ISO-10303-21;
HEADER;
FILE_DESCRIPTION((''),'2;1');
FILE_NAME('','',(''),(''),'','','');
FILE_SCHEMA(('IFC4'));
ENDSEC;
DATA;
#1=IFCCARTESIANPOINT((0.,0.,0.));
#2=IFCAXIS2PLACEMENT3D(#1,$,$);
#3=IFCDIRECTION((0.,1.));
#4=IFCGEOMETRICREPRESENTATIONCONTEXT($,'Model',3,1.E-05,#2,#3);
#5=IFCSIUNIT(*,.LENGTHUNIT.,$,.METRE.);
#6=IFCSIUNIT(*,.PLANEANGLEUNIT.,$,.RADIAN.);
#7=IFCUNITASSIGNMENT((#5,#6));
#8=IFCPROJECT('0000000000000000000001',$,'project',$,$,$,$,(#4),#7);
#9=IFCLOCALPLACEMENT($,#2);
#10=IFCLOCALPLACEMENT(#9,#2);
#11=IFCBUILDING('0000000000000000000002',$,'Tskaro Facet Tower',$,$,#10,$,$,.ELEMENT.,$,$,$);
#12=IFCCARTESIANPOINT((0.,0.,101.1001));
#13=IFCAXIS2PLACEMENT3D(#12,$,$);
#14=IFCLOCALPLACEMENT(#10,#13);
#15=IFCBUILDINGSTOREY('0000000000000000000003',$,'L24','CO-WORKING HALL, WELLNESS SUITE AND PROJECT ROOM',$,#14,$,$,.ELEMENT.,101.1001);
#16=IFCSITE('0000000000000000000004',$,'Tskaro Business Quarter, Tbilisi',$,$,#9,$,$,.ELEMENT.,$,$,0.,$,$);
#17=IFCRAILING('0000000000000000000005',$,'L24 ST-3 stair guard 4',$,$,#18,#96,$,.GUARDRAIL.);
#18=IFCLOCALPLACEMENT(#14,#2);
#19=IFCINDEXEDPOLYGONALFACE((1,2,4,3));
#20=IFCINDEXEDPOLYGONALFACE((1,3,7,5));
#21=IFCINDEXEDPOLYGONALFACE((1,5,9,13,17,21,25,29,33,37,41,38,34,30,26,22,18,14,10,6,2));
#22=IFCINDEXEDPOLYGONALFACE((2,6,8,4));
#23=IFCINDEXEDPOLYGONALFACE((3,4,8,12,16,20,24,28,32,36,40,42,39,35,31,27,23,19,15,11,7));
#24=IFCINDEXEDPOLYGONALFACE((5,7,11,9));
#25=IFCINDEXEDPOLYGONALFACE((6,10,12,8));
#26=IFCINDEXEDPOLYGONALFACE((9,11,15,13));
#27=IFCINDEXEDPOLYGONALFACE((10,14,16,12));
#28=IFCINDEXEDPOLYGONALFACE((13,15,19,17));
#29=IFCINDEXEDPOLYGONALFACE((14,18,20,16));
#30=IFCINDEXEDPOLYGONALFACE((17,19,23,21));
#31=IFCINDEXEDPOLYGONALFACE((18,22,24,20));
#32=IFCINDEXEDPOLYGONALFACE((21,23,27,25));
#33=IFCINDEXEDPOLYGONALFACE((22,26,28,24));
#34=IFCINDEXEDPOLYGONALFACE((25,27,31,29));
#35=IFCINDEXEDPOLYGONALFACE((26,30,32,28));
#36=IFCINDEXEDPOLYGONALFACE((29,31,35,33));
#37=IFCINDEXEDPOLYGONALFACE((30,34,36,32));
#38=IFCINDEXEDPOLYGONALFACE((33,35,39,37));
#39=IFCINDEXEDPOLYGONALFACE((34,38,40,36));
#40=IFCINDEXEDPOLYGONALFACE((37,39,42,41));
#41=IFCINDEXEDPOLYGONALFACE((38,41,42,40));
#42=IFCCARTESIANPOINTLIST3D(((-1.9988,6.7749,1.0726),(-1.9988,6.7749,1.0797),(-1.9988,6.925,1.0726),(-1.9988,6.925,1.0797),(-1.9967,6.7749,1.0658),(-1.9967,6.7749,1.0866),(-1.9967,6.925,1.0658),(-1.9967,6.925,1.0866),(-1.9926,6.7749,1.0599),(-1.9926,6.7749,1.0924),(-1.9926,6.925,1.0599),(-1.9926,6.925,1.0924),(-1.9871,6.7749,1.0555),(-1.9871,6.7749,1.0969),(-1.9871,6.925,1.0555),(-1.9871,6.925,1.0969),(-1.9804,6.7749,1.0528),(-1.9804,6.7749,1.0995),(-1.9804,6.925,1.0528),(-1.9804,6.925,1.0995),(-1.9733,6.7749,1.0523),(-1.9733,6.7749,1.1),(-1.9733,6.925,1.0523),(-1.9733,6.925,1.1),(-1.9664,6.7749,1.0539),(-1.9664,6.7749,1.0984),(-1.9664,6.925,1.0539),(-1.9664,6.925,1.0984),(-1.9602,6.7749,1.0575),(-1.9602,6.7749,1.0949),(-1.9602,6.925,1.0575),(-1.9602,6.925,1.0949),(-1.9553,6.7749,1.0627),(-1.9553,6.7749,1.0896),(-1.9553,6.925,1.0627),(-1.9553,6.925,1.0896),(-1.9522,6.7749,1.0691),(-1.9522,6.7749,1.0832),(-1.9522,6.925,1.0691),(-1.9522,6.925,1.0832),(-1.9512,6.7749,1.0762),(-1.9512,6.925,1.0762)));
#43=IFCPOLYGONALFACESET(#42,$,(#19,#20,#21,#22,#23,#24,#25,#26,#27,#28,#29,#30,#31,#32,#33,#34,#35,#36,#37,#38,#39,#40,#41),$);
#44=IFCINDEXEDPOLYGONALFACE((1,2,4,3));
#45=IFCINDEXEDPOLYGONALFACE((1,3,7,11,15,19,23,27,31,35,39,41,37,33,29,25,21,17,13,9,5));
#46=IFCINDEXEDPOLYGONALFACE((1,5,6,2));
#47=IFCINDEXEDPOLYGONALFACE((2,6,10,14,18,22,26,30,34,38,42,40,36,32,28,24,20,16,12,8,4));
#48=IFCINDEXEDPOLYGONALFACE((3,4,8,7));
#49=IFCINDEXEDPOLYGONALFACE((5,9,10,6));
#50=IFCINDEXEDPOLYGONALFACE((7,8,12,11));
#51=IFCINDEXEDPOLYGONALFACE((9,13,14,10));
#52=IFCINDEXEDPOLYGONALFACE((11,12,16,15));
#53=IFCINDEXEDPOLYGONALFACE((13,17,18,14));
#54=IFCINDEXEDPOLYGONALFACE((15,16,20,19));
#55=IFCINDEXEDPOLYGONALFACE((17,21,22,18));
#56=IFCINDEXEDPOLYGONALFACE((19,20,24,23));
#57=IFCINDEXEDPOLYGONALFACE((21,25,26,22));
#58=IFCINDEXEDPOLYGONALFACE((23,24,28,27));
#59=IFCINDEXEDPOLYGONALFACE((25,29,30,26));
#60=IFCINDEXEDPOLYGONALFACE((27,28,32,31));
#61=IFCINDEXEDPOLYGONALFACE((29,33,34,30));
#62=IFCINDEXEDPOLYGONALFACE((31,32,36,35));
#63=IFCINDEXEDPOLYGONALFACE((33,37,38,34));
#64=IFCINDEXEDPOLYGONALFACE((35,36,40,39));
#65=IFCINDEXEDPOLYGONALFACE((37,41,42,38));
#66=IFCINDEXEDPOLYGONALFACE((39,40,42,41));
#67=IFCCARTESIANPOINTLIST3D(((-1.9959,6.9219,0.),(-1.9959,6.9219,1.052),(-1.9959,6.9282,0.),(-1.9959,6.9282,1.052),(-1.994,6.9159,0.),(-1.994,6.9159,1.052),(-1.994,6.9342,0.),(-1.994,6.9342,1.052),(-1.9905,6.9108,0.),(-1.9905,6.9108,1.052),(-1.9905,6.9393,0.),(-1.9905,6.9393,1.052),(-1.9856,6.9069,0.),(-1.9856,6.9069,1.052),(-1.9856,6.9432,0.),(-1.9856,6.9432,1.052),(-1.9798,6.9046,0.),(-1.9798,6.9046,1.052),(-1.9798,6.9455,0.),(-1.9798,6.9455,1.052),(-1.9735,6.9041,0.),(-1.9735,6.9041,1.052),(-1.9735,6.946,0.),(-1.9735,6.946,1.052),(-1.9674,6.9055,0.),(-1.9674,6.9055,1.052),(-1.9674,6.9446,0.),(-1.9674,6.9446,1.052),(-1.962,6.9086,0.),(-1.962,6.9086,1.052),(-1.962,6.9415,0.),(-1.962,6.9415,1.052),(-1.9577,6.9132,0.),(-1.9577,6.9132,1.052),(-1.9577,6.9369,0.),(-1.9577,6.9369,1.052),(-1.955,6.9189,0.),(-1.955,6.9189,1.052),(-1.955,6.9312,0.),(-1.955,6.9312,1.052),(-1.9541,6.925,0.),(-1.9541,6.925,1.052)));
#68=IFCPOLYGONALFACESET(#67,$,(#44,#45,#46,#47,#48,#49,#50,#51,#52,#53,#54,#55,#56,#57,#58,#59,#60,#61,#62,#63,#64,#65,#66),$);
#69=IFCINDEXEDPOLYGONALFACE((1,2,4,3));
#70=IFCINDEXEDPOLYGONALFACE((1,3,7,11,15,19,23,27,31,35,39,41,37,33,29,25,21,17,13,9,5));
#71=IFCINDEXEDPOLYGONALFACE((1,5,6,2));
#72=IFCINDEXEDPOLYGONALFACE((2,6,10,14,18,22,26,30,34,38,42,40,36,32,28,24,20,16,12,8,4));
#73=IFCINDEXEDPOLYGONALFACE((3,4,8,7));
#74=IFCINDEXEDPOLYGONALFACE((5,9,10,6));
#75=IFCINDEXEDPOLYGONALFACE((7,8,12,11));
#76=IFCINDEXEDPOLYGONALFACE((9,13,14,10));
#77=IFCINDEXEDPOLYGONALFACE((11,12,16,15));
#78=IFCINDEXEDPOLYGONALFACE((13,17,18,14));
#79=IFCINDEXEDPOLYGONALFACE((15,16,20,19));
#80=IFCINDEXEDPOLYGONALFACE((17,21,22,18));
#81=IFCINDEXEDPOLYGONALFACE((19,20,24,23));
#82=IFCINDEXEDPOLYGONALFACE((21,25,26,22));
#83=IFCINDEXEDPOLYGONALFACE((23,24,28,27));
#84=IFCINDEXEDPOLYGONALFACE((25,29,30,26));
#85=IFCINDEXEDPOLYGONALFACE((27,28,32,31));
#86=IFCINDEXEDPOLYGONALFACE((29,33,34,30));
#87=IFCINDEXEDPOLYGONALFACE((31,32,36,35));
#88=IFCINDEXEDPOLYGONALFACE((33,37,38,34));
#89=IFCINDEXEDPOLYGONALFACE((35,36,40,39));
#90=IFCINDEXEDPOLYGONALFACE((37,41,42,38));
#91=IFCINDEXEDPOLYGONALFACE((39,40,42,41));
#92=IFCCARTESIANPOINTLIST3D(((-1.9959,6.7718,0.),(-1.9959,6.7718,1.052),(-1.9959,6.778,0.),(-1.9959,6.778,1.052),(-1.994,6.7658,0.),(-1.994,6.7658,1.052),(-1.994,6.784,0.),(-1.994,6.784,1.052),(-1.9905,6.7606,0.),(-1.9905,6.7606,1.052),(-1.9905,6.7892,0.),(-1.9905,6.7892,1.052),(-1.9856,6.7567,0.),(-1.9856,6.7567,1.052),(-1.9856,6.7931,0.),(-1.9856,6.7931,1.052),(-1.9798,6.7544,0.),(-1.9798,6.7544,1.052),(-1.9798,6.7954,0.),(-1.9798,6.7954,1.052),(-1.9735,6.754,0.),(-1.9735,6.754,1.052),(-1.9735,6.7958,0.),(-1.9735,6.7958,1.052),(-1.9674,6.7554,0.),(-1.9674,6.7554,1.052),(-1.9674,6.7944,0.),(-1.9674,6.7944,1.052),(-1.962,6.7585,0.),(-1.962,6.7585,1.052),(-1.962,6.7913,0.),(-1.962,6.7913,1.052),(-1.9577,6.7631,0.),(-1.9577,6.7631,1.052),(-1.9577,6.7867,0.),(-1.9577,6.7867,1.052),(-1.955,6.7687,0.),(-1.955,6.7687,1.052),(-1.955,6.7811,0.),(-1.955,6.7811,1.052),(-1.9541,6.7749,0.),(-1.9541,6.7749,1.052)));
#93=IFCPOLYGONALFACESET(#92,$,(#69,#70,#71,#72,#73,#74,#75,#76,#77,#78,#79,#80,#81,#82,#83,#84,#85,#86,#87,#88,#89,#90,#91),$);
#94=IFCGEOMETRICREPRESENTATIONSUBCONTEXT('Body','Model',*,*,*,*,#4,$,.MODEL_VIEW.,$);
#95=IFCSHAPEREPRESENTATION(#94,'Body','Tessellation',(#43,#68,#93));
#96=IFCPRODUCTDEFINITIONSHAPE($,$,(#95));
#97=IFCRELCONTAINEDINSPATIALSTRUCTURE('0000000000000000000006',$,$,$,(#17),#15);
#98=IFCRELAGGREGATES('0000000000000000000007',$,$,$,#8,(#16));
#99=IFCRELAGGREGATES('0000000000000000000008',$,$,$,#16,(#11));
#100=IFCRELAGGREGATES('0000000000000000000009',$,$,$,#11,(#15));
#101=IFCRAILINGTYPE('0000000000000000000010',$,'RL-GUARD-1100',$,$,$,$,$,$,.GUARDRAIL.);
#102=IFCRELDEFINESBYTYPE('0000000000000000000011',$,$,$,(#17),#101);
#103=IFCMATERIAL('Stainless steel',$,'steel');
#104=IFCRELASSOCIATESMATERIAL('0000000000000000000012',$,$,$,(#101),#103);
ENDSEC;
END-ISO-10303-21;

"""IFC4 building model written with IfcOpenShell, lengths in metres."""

from ifc_helpers import new_model, si_unit, direction, frame, origin, origin_2d, place, context, subcontext, project, spatial, circle, extrude, material, type_object, element, save


model = new_model("IFC4")

# Units and contexts
model_context = context("Model", 3, precision=1e-05, world=origin(), true_north=direction((0.0, 1.0)))
body_context = subcontext(model_context, "Body", "Model", "MODEL_VIEW")
ifc_project = project(units=[si_unit("LENGTHUNIT", "METRE"), si_unit("PLANEANGLEUNIT", "RADIAN")], contexts=[model_context])

# Site, building, storey
site_placement = place(None, origin())
site = spatial("IfcSite", under=ifc_project, at=site_placement, Name="Tskaro Business Quarter, Tbilisi", CompositionType="ELEMENT", RefElevation=0.0)
building_placement = place(site_placement, origin())
building = spatial("IfcBuilding", under=site, at=building_placement, Name="Tskaro Facet Tower", CompositionType="ELEMENT")
storey_placement = place(building_placement, frame((0.0, 0.0, 101.1001)))
storey = spatial("IfcBuildingStorey", under=building, at=storey_placement, Name="L24", Description="CO-WORKING HALL, WELLNESS SUITE AND PROJECT ROOM", CompositionType="ELEMENT", Elevation=101.1001)

# Railing
ifc_material_1 = material(Name="Stainless steel", Category="steel")
railing_type_1 = type_object("IfcRailingType", Name="RL-GUARD-1100", PredefinedType="GUARDRAIL", material=ifc_material_1)
railing_1_placement = place(storey_placement, frame((-1.9751, 6.925, 0.0)))
element("IfcRailing", 1, at=railing_1_placement, inside=storey, type_object=railing_type_1, Name="L24 ST-3 stair guard 4", PredefinedType="GUARDRAIL", context=body_context, shape_type="SweptSolid", body=[
    extrude(circle(Radius=0.0239, at=origin_2d()), frame((0.0, 0.0, 1.0762), z_axis=(0.0, -1.0, 0.0), x_axis=(1.0, 0.0, 0.0)), (0.0, 0.0, 1.0), 0.1501),
    extrude(circle(Radius=0.021, at=origin_2d()), origin(), (0.0, 0.0, 1.0), 1.052),
    extrude(circle(Radius=0.021, at=origin_2d()), frame((0.0, -0.1501, 0.0)), (0.0, 0.0, 1.0), 1.052),
])

save(model, "model.ifc")
